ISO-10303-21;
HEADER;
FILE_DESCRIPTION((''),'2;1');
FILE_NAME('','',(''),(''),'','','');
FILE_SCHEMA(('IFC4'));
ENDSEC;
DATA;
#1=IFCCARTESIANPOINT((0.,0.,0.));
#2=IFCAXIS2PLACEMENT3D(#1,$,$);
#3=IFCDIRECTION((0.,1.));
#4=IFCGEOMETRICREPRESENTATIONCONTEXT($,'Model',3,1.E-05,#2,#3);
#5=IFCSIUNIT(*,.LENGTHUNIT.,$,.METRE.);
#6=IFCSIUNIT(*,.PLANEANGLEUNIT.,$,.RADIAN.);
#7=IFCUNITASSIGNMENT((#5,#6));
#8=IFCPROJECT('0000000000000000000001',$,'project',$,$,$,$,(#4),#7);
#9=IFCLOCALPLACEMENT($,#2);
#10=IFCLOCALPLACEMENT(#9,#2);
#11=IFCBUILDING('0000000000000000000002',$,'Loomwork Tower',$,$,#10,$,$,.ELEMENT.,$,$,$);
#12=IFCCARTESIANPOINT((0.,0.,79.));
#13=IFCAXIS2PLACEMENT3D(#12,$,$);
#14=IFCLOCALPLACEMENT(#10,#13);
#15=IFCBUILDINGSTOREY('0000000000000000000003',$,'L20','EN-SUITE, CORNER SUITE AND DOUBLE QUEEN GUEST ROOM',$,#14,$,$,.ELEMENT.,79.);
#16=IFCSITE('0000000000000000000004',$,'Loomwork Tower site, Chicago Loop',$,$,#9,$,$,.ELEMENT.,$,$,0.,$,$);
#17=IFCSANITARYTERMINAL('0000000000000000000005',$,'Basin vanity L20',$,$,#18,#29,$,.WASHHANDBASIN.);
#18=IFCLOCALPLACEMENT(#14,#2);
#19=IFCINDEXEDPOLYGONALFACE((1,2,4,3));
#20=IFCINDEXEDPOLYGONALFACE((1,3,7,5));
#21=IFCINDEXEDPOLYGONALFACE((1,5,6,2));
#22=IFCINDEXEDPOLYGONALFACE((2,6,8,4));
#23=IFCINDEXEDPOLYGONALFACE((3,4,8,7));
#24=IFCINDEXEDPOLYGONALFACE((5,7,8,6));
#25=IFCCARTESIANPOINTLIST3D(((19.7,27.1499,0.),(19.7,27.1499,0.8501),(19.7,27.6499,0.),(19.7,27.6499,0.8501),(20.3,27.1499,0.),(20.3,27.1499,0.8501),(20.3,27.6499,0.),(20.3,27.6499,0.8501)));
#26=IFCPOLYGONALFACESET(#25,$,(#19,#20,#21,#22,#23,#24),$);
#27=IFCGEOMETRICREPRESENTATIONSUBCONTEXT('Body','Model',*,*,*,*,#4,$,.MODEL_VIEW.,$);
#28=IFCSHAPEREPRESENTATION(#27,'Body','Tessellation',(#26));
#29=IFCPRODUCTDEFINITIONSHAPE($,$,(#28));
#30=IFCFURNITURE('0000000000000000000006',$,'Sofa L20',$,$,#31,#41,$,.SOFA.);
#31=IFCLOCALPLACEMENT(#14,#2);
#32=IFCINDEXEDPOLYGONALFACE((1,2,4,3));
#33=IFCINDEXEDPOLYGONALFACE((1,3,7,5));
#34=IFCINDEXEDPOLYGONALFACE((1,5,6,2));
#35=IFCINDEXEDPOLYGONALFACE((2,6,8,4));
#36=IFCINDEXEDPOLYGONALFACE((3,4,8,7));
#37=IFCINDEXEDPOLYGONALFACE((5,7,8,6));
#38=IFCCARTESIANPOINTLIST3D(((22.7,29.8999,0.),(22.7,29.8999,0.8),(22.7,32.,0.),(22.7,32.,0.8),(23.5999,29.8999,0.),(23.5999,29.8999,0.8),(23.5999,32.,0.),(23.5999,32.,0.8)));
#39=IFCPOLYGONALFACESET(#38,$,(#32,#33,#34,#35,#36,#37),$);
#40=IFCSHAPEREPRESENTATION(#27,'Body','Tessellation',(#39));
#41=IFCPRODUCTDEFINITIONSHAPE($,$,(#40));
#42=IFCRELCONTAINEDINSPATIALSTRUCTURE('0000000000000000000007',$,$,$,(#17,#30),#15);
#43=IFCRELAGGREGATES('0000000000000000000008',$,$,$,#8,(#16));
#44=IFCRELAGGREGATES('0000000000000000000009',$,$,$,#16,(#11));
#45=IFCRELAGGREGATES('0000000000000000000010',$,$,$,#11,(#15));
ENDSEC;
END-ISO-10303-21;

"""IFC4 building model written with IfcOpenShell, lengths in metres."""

from ifc_helpers import new_model, si_unit, direction, frame, origin, origin_2d, place, context, subcontext, project, spatial, rectangle, extrude, element, save


model = new_model("IFC4")

# Units and contexts
model_context = context("Model", 3, precision=1e-05, world=origin(), true_north=direction((0.0, 1.0)))
body_context = subcontext(model_context, "Body", "Model", "MODEL_VIEW")
ifc_project = project(units=[si_unit("LENGTHUNIT", "METRE"), si_unit("PLANEANGLEUNIT", "RADIAN")], contexts=[model_context])

# Site, building, storey
site_placement = place(None, origin())
site = spatial("IfcSite", under=ifc_project, at=site_placement, Name="Loomwork Tower site, Chicago Loop", CompositionType="ELEMENT", RefElevation=0.0)
building_placement = place(site_placement, origin())
building = spatial("IfcBuilding", under=site, at=building_placement, Name="Loomwork Tower", CompositionType="ELEMENT")
storey_placement = place(building_placement, frame((0.0, 0.0, 79.0)))
storey = spatial("IfcBuildingStorey", under=building, at=storey_placement, Name="L20", Description="EN-SUITE, CORNER SUITE AND DOUBLE QUEEN GUEST ROOM", CompositionType="ELEMENT", Elevation=79.0)

# Sanitary terminal
sanitary_terminal_1_placement = place(storey_placement, frame((20.0, 27.3999, 0.0), z_axis=(0.0, 0.0, 1.0), x_axis=(1.0, 0.0, 0.0)))
element("IfcSanitaryTerminal", 1, at=sanitary_terminal_1_placement, inside=storey, Name="Basin vanity L20", PredefinedType="WASHHANDBASIN", context=body_context, shape_type="SweptSolid", body=[
    extrude(rectangle(XDim=0.6001, YDim=0.5, at=origin_2d()), origin(), (0.0, 0.0, 1.0), 0.8501),
])

# Furniture
furniture_placement = place(storey_placement, frame((23.1499, 30.95, 0.0), z_axis=(0.0, 0.0, 1.0), x_axis=(1.0, 0.0, 0.0)))
element("IfcFurniture", 2, at=furniture_placement, inside=storey, Name="Sofa L20", PredefinedType="SOFA", context=body_context, shape_type="SweptSolid", body=[
    extrude(rectangle(XDim=0.8999, YDim=2.1001, at=origin_2d()), origin(), (0.0, 0.0, 1.0), 0.8),
])

save(model, "model.ifc")
